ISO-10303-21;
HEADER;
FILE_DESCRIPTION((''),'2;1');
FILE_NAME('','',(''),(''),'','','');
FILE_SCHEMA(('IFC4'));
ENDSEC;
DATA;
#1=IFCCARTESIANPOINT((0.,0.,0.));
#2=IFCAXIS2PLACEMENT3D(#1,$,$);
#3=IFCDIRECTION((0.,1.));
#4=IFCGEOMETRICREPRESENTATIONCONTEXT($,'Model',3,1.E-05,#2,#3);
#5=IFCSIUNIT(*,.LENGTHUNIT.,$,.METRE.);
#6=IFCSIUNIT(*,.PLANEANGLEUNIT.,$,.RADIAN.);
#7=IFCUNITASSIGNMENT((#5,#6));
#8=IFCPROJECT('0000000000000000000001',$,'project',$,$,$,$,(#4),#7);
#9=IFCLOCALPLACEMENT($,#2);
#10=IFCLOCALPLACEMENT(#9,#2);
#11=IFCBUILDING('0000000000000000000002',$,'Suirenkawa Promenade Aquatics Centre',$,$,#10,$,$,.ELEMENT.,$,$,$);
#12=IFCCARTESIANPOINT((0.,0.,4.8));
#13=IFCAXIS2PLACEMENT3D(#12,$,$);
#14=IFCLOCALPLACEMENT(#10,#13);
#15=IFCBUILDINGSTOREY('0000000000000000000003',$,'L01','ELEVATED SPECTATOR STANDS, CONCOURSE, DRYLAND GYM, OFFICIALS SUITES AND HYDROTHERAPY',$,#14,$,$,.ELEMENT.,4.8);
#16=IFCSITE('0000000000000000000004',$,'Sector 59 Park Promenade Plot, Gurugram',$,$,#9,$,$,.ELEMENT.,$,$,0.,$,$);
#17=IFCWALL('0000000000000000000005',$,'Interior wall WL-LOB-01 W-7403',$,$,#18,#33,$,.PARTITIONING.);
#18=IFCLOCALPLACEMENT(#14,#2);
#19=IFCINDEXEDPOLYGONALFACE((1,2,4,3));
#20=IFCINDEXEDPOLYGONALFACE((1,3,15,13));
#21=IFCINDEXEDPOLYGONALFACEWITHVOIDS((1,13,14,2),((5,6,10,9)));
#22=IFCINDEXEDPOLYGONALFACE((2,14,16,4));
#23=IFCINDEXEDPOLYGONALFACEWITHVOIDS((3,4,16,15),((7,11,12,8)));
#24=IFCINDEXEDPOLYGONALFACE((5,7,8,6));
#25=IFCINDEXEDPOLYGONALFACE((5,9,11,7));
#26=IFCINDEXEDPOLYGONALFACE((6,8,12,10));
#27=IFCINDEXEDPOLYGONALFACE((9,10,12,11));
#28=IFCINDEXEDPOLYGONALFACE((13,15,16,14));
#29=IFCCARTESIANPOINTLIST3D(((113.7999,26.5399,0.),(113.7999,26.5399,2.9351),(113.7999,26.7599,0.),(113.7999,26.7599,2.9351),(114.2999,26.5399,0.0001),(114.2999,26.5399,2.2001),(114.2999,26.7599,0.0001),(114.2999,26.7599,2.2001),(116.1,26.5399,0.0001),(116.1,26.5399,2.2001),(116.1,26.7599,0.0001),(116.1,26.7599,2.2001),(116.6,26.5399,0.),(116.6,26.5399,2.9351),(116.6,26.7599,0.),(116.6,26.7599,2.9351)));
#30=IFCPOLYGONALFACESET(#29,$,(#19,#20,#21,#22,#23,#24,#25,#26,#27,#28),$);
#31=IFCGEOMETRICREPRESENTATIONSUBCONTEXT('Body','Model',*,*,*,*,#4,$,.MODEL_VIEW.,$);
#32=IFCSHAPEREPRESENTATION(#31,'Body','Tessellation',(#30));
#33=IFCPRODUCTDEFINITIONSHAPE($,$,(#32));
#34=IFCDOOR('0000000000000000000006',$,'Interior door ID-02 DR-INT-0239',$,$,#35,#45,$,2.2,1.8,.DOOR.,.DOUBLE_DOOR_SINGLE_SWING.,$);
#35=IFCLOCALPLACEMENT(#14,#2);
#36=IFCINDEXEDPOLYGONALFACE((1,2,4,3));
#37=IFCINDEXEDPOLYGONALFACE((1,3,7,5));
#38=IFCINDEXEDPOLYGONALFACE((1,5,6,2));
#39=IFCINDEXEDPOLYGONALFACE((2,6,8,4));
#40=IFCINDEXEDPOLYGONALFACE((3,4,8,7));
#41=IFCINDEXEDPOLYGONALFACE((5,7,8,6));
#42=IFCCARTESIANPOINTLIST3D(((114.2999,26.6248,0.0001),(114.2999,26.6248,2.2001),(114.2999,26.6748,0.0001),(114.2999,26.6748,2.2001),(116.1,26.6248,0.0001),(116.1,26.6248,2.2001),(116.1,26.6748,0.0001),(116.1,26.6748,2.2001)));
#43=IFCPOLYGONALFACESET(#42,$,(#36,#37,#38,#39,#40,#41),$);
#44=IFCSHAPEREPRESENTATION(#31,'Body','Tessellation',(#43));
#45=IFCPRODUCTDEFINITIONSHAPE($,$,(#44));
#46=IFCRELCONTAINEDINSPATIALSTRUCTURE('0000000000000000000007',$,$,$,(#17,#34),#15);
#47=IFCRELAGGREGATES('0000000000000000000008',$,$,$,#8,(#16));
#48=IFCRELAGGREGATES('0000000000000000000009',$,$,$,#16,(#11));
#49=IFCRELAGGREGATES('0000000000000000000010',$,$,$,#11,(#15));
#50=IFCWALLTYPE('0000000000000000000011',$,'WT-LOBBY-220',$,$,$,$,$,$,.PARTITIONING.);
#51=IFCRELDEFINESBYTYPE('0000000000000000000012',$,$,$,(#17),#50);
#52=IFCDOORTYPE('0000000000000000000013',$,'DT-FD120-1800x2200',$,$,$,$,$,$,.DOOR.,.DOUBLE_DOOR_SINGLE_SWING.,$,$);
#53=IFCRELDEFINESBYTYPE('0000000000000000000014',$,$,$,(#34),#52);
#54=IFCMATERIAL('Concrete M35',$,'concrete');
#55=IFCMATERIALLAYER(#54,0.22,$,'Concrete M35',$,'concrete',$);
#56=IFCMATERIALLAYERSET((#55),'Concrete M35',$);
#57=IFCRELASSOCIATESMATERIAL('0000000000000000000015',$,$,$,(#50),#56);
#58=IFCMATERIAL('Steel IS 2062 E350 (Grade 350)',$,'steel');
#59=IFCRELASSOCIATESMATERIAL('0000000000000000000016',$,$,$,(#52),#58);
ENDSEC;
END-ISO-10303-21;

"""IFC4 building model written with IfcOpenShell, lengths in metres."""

from ifc_helpers import new_model, si_unit, direction, frame, frame_2d, origin, place, context, subcontext, project, spatial, rectangle, extrude, material, layer, layer_set, type_object, element, fill, save


model = new_model("IFC4")

# Units and contexts
model_context = context("Model", 3, precision=1e-05, world=origin(), true_north=direction((0.0, 1.0)))
body_context = subcontext(model_context, "Body", "Model", "MODEL_VIEW")
ifc_project = project(units=[si_unit("LENGTHUNIT", "METRE"), si_unit("PLANEANGLEUNIT", "RADIAN")], contexts=[model_context])

# Site, building, storey
site_placement = place(None, origin())
site = spatial("IfcSite", under=ifc_project, at=site_placement, Name="Sector 59 Park Promenade Plot, Gurugram", CompositionType="ELEMENT", RefElevation=0.0)
building_placement = place(site_placement, origin())
building = spatial("IfcBuilding", under=site, at=building_placement, Name="Suirenkawa Promenade Aquatics Centre", CompositionType="ELEMENT")
storey_placement = place(building_placement, frame((0.0, 0.0, 4.8)))
storey = spatial("IfcBuildingStorey", under=building, at=storey_placement, Name="L01", Description="ELEVATED SPECTATOR STANDS, CONCOURSE, DRYLAND GYM, OFFICIALS SUITES AND HYDROTHERAPY", CompositionType="ELEMENT", Elevation=4.8)

# Wall, opening, door
ifc_material_1 = material(Name="Concrete M35", Category="concrete")
ifc_layer_1 = layer(ifc_material_1, 0.22, Name="Concrete M35", Category="concrete")
ifc_layer_set_1 = layer_set([ifc_layer_1], Name="Concrete M35")
wall_type = type_object("IfcWallType", Name="WT-LOBBY-220", PredefinedType="PARTITIONING", material=ifc_layer_set_1)
wall_placement = place(storey_placement, frame((113.8, 26.6499, 0.0), z_axis=(0.0, 0.0, 1.0), x_axis=(1.0, 0.0, 0.0)))
wall = element("IfcWall", 1, at=wall_placement, inside=storey, type_object=wall_type, Name="Interior wall WL-LOB-01 W-7403", PredefinedType="PARTITIONING", context=body_context, shape_type="SweptSolid", body=[
    extrude(rectangle(XDim=2.8, YDim=0.22, at=frame_2d((1.3999, 0.0))), origin(), (0.0, 0.0, 1.0), 2.9351),
])
opening_placement = place(wall_placement, frame((0.5, 0.0, 0.0)))
opening = element("IfcOpeningElement", 2, at=opening_placement, cuts=wall, PredefinedType="OPENING", context=body_context, shape_type="SweptSolid", body=[
    extrude(rectangle(XDim=1.8, YDim=2.2, at=frame_2d((0.8999, 1.1001))), frame((0.0, 0.1199, 0.0), z_axis=(0.0, -1.0, 0.0), x_axis=(1.0, 0.0, 0.0)), (0.0, 0.0, 1.0), 0.24),
])
ifc_material_2 = material(Name="Steel IS 2062 E350 (Grade 350)", Category="steel")
door_type = type_object("IfcDoorType", Name="DT-FD120-1800x2200", OperationType="DOUBLE_DOOR_SINGLE_SWING", PredefinedType="DOOR", material=ifc_material_2)
door_placement = place(opening_placement, origin())
door = element("IfcDoor", 3, at=door_placement, inside=storey, type_object=door_type, Name="Interior door ID-02 DR-INT-0239", OperationType="DOUBLE_DOOR_SINGLE_SWING", OverallHeight=2.2, OverallWidth=1.8, PredefinedType="DOOR", context=body_context, shape_type="SweptSolid", body=[
    extrude(rectangle(XDim=1.8, YDim=2.2, at=frame_2d((0.8999, 1.1001))), frame((0.0, 0.0249, 0.0), z_axis=(0.0, -1.0, 0.0), x_axis=(1.0, 0.0, 0.0)), (0.0, 0.0, 1.0), 0.05),
])
fill(opening, door)

save(model, "model.ifc")
